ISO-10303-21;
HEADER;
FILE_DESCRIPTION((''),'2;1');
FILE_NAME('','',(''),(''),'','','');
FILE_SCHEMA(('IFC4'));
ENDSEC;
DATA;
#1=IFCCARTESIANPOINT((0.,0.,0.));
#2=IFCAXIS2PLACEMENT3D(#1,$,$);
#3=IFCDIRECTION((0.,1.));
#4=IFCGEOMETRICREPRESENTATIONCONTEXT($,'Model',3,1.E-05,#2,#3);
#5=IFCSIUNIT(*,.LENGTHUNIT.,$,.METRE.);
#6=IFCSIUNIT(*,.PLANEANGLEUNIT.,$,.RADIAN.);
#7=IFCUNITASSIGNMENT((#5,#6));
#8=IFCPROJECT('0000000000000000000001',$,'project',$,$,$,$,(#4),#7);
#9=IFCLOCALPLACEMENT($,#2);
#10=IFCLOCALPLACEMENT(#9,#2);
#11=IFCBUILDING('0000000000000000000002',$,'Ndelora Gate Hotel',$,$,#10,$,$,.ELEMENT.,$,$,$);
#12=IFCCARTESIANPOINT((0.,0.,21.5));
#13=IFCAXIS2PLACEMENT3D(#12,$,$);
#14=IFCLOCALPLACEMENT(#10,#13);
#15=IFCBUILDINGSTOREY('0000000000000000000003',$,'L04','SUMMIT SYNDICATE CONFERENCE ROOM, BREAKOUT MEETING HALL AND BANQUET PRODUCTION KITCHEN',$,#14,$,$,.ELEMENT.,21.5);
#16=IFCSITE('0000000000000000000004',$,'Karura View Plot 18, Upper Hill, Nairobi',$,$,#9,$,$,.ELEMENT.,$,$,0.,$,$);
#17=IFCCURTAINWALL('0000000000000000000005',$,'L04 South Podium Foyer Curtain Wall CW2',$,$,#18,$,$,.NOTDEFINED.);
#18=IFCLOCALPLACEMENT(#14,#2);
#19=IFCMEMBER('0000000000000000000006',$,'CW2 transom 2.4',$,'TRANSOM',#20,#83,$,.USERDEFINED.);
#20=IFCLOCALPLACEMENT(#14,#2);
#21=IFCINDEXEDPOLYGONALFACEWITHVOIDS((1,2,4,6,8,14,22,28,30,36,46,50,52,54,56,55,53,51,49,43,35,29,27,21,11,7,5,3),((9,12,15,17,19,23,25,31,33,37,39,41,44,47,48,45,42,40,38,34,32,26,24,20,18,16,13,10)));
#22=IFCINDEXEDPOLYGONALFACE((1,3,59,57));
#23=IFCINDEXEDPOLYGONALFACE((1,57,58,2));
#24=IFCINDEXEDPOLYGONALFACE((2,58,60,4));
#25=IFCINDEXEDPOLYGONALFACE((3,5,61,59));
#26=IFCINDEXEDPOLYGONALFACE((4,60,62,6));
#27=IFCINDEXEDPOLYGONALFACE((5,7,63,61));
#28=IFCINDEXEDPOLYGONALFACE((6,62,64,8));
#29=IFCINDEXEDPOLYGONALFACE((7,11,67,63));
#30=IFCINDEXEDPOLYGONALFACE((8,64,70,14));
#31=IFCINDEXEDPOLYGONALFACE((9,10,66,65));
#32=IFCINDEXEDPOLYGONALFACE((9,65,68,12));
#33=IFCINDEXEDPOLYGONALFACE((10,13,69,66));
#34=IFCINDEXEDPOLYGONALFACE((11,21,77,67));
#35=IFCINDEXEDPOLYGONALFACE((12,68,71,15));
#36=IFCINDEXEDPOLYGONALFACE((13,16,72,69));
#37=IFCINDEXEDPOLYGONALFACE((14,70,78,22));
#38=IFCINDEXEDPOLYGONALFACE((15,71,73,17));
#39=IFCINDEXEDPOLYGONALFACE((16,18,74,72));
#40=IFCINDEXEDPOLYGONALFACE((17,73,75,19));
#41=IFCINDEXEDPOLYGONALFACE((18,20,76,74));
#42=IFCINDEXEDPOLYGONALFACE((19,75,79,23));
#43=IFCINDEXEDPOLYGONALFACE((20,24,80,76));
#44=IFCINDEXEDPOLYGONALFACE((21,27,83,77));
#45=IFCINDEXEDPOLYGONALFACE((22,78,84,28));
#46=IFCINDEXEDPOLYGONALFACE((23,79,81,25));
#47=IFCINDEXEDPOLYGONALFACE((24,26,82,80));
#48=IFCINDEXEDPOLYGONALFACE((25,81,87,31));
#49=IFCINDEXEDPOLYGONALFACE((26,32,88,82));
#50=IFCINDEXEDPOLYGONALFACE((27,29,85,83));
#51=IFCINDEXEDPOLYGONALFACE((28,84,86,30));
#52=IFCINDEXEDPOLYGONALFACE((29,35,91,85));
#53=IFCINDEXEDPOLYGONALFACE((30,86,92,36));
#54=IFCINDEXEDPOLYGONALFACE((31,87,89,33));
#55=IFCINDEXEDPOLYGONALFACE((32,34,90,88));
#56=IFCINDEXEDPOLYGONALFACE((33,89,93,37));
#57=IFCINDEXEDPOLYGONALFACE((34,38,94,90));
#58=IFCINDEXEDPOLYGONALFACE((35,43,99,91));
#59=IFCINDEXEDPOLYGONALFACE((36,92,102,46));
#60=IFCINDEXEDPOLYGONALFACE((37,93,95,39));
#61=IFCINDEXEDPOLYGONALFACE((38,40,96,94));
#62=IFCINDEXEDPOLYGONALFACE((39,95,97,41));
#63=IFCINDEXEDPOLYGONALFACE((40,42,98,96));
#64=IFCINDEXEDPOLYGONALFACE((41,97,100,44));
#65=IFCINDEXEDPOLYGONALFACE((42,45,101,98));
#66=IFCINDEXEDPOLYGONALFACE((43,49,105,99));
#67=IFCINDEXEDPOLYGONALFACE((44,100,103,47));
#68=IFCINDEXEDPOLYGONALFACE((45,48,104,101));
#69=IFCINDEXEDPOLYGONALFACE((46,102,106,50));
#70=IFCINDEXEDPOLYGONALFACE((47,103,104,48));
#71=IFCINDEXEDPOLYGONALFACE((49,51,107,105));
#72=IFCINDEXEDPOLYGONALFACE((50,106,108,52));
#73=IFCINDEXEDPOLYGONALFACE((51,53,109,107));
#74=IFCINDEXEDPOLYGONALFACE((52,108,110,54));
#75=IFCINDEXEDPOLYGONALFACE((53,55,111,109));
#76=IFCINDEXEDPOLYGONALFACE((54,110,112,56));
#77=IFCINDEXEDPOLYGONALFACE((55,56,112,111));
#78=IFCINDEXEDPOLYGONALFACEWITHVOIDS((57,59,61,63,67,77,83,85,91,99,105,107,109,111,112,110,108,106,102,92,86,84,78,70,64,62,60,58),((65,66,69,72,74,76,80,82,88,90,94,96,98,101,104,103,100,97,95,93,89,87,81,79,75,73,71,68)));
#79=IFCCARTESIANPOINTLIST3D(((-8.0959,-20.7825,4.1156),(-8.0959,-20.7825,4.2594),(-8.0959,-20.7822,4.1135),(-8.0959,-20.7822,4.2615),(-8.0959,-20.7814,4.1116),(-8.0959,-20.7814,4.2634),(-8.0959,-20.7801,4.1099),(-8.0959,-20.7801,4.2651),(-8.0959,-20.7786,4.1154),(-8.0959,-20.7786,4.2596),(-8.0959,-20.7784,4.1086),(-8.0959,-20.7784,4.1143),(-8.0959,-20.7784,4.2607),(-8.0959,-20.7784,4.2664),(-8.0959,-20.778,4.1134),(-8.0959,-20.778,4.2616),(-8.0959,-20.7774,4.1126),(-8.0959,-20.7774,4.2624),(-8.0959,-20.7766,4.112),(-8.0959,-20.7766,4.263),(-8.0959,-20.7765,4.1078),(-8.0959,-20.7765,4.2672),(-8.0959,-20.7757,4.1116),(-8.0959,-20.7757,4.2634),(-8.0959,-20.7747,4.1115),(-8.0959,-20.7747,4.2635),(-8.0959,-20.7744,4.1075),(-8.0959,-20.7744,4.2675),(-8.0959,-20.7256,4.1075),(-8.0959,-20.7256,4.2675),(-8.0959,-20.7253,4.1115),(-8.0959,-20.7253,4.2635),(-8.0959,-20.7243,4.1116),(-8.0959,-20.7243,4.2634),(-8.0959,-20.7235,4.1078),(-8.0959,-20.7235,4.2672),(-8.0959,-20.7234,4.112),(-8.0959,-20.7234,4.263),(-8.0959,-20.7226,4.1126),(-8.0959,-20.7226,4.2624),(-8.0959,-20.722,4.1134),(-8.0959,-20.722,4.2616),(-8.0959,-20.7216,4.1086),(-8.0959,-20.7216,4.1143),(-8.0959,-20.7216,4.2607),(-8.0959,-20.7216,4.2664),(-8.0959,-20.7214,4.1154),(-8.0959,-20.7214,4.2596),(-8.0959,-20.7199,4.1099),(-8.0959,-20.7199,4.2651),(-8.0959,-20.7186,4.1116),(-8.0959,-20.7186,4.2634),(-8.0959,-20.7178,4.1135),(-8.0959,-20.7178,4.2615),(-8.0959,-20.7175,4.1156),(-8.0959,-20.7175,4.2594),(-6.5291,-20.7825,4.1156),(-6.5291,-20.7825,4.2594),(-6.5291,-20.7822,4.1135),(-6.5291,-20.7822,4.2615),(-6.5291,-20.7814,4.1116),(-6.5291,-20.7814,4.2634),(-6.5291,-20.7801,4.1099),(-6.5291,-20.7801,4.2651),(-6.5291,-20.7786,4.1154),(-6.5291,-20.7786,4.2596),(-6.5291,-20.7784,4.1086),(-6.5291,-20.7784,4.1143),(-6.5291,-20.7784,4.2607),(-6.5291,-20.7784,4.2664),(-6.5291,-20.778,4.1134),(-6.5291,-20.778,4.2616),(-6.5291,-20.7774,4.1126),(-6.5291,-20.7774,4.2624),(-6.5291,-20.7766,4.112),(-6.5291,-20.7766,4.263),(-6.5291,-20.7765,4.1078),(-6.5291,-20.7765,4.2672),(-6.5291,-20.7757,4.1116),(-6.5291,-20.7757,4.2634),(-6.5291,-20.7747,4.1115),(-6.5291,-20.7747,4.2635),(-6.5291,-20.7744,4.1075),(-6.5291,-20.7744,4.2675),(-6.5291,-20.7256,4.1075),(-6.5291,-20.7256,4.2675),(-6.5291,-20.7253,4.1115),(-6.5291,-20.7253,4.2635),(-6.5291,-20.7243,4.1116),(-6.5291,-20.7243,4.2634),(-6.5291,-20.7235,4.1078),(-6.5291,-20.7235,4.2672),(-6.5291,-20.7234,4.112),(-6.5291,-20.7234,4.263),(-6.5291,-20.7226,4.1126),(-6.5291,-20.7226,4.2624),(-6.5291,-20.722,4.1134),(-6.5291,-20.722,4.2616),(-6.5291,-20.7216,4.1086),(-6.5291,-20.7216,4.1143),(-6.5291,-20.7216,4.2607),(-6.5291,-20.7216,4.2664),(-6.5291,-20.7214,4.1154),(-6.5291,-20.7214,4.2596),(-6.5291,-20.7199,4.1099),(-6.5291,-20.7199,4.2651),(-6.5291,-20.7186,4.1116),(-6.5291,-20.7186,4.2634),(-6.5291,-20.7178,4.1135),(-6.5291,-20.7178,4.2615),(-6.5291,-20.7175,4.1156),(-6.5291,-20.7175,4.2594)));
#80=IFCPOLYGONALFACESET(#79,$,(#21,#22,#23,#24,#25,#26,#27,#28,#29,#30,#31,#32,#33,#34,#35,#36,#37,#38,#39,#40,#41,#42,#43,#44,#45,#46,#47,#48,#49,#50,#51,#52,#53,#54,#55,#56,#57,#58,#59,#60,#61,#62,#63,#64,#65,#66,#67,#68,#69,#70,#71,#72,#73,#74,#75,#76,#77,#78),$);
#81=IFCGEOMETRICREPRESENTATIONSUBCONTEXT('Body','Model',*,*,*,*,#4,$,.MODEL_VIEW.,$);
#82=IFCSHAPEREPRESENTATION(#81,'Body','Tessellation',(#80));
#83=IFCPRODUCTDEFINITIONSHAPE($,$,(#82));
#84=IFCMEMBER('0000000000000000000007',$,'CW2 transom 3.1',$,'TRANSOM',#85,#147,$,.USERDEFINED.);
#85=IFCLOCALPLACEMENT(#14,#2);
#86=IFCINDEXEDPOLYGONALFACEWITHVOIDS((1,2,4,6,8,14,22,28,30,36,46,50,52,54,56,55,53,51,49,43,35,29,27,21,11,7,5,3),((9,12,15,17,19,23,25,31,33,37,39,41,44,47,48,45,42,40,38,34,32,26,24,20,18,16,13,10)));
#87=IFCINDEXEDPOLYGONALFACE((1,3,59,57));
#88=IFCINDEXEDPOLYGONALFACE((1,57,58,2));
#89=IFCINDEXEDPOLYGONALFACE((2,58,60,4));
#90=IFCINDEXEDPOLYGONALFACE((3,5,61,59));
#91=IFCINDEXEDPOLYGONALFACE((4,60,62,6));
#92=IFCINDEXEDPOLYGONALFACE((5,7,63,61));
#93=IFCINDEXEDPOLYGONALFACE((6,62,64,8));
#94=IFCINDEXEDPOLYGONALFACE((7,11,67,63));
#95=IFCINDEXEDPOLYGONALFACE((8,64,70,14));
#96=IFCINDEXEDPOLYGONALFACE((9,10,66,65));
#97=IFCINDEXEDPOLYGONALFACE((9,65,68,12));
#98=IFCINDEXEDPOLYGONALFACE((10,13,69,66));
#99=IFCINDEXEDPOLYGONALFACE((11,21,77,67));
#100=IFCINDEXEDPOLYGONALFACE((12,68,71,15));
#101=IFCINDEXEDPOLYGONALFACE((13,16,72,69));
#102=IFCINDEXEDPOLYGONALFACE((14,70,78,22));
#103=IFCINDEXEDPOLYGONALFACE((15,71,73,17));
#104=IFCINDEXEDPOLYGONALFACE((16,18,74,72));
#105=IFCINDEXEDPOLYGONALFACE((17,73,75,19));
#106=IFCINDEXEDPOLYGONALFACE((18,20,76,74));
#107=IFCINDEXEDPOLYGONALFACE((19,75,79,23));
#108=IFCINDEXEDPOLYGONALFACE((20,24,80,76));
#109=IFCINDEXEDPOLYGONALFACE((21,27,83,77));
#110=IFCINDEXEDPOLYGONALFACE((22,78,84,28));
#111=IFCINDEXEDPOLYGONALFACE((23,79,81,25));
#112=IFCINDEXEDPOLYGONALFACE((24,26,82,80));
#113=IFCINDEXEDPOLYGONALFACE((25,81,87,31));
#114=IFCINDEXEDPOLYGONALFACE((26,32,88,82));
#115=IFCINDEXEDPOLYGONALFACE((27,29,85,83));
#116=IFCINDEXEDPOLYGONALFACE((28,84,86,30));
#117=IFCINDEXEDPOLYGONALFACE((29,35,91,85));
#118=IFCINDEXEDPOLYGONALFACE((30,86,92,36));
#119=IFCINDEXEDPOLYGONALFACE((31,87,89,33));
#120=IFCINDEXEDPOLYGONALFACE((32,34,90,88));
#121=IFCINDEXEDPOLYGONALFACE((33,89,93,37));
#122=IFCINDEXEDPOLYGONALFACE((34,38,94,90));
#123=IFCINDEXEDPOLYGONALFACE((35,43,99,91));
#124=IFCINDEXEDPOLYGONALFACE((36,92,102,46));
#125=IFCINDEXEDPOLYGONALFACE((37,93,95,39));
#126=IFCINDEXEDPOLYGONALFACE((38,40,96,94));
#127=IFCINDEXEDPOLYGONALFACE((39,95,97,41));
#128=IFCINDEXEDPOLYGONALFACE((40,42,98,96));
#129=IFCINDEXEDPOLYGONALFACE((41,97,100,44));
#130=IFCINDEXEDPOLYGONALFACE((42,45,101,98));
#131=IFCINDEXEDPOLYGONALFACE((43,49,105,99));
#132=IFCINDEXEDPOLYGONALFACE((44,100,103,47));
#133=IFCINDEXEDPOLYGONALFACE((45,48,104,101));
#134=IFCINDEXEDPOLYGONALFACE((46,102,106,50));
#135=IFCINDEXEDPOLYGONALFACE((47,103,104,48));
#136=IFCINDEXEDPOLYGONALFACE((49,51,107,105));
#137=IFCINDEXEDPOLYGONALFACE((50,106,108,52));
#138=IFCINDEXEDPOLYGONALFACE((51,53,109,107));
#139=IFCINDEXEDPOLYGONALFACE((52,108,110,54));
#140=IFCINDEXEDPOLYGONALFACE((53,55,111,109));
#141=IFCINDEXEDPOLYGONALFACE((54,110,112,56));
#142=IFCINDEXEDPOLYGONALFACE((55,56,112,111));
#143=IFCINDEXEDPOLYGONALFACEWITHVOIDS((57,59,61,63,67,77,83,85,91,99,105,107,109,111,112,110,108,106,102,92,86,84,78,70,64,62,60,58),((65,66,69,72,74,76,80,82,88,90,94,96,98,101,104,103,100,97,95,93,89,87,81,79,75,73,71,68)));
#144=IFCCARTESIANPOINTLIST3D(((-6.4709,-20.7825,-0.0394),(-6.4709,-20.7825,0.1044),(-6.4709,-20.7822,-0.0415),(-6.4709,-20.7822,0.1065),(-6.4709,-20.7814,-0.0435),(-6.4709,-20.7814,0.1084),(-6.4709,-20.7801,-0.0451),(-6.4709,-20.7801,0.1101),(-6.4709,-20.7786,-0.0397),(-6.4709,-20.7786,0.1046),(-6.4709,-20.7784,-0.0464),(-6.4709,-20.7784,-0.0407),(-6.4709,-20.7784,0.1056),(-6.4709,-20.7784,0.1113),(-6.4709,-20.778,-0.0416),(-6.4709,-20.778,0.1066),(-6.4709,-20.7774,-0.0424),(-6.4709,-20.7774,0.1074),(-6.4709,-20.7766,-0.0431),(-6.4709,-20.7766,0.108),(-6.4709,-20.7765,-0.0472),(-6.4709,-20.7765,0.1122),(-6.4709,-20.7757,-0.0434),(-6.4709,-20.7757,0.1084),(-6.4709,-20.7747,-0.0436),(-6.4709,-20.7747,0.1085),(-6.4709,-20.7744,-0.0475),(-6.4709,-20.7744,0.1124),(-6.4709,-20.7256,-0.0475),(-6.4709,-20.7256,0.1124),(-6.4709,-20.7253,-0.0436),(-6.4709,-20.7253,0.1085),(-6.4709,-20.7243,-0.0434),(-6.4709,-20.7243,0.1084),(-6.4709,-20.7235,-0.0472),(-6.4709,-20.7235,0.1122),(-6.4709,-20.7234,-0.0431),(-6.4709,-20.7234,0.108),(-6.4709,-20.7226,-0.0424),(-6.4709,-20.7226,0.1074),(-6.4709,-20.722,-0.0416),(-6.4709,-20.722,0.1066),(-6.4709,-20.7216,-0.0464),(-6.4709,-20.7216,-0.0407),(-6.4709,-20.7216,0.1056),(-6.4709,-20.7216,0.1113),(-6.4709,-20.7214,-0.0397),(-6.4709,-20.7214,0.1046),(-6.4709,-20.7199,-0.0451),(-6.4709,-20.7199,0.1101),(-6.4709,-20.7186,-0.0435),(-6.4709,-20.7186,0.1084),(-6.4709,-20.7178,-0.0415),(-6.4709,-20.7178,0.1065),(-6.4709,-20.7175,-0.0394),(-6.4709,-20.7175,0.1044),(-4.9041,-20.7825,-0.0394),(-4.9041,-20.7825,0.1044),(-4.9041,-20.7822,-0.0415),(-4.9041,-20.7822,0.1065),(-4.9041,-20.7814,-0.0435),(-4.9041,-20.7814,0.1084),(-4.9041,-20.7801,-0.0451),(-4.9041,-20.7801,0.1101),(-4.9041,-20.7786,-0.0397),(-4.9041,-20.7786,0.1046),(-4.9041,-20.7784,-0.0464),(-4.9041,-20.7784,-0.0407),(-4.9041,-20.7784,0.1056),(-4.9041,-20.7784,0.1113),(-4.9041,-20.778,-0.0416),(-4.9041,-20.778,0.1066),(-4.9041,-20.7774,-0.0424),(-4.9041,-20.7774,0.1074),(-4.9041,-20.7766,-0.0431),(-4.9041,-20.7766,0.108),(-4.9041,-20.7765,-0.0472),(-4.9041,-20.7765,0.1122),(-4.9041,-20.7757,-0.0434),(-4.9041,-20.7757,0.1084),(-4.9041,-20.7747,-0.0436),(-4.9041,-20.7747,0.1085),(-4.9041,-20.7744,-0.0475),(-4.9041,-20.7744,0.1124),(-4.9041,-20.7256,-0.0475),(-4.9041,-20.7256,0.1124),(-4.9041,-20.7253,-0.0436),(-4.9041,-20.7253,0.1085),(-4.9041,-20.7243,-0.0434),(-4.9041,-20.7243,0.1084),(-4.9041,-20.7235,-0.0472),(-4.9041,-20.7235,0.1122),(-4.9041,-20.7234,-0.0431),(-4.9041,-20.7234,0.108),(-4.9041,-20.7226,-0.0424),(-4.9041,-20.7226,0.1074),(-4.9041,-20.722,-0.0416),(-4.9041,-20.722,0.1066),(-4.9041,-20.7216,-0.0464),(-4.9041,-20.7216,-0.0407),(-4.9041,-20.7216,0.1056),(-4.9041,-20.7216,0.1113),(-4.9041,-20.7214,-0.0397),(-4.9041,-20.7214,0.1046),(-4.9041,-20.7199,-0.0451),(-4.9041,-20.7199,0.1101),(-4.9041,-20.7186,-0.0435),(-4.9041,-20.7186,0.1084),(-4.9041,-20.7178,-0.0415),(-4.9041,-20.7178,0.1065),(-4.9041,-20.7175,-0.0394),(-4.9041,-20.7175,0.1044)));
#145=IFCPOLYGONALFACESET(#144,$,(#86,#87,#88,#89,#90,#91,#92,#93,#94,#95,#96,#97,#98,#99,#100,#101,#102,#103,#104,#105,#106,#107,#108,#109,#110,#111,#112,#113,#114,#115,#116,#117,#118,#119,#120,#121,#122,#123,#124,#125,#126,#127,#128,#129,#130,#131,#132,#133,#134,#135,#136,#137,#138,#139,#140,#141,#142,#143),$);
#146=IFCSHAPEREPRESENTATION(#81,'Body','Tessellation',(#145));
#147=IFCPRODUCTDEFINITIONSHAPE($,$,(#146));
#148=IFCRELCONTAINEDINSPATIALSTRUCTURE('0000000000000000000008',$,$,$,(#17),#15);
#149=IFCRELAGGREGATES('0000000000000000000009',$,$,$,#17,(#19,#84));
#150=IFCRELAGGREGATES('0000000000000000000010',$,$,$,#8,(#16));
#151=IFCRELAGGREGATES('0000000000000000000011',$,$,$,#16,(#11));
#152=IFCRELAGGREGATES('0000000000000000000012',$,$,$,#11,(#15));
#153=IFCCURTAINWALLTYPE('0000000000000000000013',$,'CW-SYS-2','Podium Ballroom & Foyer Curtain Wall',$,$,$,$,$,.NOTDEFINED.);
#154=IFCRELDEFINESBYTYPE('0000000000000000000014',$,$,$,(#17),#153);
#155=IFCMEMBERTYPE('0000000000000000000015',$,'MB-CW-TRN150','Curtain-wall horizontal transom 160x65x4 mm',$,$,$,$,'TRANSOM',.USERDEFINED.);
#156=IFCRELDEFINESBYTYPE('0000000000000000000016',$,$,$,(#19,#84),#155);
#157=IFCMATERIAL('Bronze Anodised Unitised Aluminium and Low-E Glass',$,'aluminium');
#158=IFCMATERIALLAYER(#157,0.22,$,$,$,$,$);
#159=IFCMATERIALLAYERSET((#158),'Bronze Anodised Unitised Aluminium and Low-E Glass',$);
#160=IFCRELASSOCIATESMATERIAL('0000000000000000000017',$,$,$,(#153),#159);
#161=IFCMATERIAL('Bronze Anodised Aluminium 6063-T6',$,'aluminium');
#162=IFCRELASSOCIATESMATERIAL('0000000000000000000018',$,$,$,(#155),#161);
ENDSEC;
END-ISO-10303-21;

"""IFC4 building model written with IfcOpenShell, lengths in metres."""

from ifc_helpers import new_model, si_unit, direction, frame, origin, origin_2d, place, context, subcontext, project, spatial, hollow_rectangle, extrude, material, layer, layer_set, material_profile, profile_set, type_object, element, aggregate, save


model = new_model("IFC4")

# Units and contexts
model_context = context("Model", 3, precision=1e-05, world=origin(), true_north=direction((0.0, 1.0)))
body_context = subcontext(model_context, "Body", "Model", "MODEL_VIEW")
ifc_project = project(units=[si_unit("LENGTHUNIT", "METRE"), si_unit("PLANEANGLEUNIT", "RADIAN")], contexts=[model_context])

# Site, building, storey
site_placement = place(None, origin())
site = spatial("IfcSite", under=ifc_project, at=site_placement, Name="Karura View Plot 18, Upper Hill, Nairobi", CompositionType="ELEMENT", RefElevation=0.0)
building_placement = place(site_placement, origin())
building = spatial("IfcBuilding", under=site, at=building_placement, Name="Ndelora Gate Hotel", CompositionType="ELEMENT")
storey_placement = place(building_placement, frame((0.0, 0.0, 21.5)))
storey = spatial("IfcBuildingStorey", under=building, at=storey_placement, Name="L04", Description="SUMMIT SYNDICATE CONFERENCE ROOM, BREAKOUT MEETING HALL AND BANQUET PRODUCTION KITCHEN", CompositionType="ELEMENT", Elevation=21.5)

# Curtain wall, members
ifc_material_1 = material(Name="Bronze Anodised Unitised Aluminium and Low-E Glass", Category="aluminium")
ifc_layer_1 = layer(ifc_material_1, 0.22)
ifc_layer_set_1 = layer_set([ifc_layer_1], Name="Bronze Anodised Unitised Aluminium and Low-E Glass")
curtain_wall_type = type_object("IfcCurtainWallType", Name="CW-SYS-2", Description="Podium Ballroom & Foyer Curtain Wall", PredefinedType="NOTDEFINED", material=ifc_layer_set_1)
curtain_wall_placement = place(storey_placement, origin())
curtain_wall = element("IfcCurtainWall", 1, at=curtain_wall_placement, inside=storey, type_object=curtain_wall_type, Name="L04 South Podium Foyer Curtain Wall CW2", PredefinedType="NOTDEFINED")
ifc_material_2 = material(Name="Bronze Anodised Aluminium 6063-T6", Category="aluminium")
ifc_material_profile_1 = material_profile(ifc_material_2, hollow_rectangle(XDim=0.0649, YDim=0.1599, WallThickness=0.0039, InnerFilletRadius=0.0039, OuterFilletRadius=0.0081, at=origin_2d()), Name="ALU 160x65x4")
ifc_profile_set_1 = profile_set([ifc_material_profile_1], Name="Bronze Anodised Aluminium 6063-T6")
member_type_1 = type_object("IfcMemberType", Name="MB-CW-TRN150", Description="Curtain-wall horizontal transom 160x65x4 mm", ElementType="TRANSOM", PredefinedType="USERDEFINED", material=ifc_profile_set_1)
member_1_placement = place(storey_placement, frame((-8.0959, -20.75, 4.1875), z_axis=(1.0, 0.0, 0.0), x_axis=(0.0, 1.0, 0.0)))
member_1 = element("IfcMember", 2, at=member_1_placement, type_object=member_type_1, Name="CW2 transom 2.4", ObjectType="TRANSOM", PredefinedType="USERDEFINED", context=body_context, shape_type="SweptSolid", body=[
    extrude(hollow_rectangle(XDim=0.0649, YDim=0.1599, WallThickness=0.0039, InnerFilletRadius=0.0039, OuterFilletRadius=0.0081, at=origin_2d()), origin(), (0.0, 0.0, 1.0), 1.5669),
])
member_2_placement = place(storey_placement, frame((-6.4709, -20.75, 0.0325), z_axis=(1.0, 0.0, 0.0), x_axis=(0.0, 1.0, 0.0)))
member_2 = element("IfcMember", 3, at=member_2_placement, type_object=member_type_1, Name="CW2 transom 3.1", ObjectType="TRANSOM", PredefinedType="USERDEFINED", context=body_context, shape_type="SweptSolid", body=[
    extrude(hollow_rectangle(XDim=0.0649, YDim=0.1599, WallThickness=0.0039, InnerFilletRadius=0.0039, OuterFilletRadius=0.0081, at=origin_2d()), origin(), (0.0, 0.0, 1.0), 1.5669),
])
aggregate(curtain_wall, [member_1, member_2])

save(model, "model.ifc")
